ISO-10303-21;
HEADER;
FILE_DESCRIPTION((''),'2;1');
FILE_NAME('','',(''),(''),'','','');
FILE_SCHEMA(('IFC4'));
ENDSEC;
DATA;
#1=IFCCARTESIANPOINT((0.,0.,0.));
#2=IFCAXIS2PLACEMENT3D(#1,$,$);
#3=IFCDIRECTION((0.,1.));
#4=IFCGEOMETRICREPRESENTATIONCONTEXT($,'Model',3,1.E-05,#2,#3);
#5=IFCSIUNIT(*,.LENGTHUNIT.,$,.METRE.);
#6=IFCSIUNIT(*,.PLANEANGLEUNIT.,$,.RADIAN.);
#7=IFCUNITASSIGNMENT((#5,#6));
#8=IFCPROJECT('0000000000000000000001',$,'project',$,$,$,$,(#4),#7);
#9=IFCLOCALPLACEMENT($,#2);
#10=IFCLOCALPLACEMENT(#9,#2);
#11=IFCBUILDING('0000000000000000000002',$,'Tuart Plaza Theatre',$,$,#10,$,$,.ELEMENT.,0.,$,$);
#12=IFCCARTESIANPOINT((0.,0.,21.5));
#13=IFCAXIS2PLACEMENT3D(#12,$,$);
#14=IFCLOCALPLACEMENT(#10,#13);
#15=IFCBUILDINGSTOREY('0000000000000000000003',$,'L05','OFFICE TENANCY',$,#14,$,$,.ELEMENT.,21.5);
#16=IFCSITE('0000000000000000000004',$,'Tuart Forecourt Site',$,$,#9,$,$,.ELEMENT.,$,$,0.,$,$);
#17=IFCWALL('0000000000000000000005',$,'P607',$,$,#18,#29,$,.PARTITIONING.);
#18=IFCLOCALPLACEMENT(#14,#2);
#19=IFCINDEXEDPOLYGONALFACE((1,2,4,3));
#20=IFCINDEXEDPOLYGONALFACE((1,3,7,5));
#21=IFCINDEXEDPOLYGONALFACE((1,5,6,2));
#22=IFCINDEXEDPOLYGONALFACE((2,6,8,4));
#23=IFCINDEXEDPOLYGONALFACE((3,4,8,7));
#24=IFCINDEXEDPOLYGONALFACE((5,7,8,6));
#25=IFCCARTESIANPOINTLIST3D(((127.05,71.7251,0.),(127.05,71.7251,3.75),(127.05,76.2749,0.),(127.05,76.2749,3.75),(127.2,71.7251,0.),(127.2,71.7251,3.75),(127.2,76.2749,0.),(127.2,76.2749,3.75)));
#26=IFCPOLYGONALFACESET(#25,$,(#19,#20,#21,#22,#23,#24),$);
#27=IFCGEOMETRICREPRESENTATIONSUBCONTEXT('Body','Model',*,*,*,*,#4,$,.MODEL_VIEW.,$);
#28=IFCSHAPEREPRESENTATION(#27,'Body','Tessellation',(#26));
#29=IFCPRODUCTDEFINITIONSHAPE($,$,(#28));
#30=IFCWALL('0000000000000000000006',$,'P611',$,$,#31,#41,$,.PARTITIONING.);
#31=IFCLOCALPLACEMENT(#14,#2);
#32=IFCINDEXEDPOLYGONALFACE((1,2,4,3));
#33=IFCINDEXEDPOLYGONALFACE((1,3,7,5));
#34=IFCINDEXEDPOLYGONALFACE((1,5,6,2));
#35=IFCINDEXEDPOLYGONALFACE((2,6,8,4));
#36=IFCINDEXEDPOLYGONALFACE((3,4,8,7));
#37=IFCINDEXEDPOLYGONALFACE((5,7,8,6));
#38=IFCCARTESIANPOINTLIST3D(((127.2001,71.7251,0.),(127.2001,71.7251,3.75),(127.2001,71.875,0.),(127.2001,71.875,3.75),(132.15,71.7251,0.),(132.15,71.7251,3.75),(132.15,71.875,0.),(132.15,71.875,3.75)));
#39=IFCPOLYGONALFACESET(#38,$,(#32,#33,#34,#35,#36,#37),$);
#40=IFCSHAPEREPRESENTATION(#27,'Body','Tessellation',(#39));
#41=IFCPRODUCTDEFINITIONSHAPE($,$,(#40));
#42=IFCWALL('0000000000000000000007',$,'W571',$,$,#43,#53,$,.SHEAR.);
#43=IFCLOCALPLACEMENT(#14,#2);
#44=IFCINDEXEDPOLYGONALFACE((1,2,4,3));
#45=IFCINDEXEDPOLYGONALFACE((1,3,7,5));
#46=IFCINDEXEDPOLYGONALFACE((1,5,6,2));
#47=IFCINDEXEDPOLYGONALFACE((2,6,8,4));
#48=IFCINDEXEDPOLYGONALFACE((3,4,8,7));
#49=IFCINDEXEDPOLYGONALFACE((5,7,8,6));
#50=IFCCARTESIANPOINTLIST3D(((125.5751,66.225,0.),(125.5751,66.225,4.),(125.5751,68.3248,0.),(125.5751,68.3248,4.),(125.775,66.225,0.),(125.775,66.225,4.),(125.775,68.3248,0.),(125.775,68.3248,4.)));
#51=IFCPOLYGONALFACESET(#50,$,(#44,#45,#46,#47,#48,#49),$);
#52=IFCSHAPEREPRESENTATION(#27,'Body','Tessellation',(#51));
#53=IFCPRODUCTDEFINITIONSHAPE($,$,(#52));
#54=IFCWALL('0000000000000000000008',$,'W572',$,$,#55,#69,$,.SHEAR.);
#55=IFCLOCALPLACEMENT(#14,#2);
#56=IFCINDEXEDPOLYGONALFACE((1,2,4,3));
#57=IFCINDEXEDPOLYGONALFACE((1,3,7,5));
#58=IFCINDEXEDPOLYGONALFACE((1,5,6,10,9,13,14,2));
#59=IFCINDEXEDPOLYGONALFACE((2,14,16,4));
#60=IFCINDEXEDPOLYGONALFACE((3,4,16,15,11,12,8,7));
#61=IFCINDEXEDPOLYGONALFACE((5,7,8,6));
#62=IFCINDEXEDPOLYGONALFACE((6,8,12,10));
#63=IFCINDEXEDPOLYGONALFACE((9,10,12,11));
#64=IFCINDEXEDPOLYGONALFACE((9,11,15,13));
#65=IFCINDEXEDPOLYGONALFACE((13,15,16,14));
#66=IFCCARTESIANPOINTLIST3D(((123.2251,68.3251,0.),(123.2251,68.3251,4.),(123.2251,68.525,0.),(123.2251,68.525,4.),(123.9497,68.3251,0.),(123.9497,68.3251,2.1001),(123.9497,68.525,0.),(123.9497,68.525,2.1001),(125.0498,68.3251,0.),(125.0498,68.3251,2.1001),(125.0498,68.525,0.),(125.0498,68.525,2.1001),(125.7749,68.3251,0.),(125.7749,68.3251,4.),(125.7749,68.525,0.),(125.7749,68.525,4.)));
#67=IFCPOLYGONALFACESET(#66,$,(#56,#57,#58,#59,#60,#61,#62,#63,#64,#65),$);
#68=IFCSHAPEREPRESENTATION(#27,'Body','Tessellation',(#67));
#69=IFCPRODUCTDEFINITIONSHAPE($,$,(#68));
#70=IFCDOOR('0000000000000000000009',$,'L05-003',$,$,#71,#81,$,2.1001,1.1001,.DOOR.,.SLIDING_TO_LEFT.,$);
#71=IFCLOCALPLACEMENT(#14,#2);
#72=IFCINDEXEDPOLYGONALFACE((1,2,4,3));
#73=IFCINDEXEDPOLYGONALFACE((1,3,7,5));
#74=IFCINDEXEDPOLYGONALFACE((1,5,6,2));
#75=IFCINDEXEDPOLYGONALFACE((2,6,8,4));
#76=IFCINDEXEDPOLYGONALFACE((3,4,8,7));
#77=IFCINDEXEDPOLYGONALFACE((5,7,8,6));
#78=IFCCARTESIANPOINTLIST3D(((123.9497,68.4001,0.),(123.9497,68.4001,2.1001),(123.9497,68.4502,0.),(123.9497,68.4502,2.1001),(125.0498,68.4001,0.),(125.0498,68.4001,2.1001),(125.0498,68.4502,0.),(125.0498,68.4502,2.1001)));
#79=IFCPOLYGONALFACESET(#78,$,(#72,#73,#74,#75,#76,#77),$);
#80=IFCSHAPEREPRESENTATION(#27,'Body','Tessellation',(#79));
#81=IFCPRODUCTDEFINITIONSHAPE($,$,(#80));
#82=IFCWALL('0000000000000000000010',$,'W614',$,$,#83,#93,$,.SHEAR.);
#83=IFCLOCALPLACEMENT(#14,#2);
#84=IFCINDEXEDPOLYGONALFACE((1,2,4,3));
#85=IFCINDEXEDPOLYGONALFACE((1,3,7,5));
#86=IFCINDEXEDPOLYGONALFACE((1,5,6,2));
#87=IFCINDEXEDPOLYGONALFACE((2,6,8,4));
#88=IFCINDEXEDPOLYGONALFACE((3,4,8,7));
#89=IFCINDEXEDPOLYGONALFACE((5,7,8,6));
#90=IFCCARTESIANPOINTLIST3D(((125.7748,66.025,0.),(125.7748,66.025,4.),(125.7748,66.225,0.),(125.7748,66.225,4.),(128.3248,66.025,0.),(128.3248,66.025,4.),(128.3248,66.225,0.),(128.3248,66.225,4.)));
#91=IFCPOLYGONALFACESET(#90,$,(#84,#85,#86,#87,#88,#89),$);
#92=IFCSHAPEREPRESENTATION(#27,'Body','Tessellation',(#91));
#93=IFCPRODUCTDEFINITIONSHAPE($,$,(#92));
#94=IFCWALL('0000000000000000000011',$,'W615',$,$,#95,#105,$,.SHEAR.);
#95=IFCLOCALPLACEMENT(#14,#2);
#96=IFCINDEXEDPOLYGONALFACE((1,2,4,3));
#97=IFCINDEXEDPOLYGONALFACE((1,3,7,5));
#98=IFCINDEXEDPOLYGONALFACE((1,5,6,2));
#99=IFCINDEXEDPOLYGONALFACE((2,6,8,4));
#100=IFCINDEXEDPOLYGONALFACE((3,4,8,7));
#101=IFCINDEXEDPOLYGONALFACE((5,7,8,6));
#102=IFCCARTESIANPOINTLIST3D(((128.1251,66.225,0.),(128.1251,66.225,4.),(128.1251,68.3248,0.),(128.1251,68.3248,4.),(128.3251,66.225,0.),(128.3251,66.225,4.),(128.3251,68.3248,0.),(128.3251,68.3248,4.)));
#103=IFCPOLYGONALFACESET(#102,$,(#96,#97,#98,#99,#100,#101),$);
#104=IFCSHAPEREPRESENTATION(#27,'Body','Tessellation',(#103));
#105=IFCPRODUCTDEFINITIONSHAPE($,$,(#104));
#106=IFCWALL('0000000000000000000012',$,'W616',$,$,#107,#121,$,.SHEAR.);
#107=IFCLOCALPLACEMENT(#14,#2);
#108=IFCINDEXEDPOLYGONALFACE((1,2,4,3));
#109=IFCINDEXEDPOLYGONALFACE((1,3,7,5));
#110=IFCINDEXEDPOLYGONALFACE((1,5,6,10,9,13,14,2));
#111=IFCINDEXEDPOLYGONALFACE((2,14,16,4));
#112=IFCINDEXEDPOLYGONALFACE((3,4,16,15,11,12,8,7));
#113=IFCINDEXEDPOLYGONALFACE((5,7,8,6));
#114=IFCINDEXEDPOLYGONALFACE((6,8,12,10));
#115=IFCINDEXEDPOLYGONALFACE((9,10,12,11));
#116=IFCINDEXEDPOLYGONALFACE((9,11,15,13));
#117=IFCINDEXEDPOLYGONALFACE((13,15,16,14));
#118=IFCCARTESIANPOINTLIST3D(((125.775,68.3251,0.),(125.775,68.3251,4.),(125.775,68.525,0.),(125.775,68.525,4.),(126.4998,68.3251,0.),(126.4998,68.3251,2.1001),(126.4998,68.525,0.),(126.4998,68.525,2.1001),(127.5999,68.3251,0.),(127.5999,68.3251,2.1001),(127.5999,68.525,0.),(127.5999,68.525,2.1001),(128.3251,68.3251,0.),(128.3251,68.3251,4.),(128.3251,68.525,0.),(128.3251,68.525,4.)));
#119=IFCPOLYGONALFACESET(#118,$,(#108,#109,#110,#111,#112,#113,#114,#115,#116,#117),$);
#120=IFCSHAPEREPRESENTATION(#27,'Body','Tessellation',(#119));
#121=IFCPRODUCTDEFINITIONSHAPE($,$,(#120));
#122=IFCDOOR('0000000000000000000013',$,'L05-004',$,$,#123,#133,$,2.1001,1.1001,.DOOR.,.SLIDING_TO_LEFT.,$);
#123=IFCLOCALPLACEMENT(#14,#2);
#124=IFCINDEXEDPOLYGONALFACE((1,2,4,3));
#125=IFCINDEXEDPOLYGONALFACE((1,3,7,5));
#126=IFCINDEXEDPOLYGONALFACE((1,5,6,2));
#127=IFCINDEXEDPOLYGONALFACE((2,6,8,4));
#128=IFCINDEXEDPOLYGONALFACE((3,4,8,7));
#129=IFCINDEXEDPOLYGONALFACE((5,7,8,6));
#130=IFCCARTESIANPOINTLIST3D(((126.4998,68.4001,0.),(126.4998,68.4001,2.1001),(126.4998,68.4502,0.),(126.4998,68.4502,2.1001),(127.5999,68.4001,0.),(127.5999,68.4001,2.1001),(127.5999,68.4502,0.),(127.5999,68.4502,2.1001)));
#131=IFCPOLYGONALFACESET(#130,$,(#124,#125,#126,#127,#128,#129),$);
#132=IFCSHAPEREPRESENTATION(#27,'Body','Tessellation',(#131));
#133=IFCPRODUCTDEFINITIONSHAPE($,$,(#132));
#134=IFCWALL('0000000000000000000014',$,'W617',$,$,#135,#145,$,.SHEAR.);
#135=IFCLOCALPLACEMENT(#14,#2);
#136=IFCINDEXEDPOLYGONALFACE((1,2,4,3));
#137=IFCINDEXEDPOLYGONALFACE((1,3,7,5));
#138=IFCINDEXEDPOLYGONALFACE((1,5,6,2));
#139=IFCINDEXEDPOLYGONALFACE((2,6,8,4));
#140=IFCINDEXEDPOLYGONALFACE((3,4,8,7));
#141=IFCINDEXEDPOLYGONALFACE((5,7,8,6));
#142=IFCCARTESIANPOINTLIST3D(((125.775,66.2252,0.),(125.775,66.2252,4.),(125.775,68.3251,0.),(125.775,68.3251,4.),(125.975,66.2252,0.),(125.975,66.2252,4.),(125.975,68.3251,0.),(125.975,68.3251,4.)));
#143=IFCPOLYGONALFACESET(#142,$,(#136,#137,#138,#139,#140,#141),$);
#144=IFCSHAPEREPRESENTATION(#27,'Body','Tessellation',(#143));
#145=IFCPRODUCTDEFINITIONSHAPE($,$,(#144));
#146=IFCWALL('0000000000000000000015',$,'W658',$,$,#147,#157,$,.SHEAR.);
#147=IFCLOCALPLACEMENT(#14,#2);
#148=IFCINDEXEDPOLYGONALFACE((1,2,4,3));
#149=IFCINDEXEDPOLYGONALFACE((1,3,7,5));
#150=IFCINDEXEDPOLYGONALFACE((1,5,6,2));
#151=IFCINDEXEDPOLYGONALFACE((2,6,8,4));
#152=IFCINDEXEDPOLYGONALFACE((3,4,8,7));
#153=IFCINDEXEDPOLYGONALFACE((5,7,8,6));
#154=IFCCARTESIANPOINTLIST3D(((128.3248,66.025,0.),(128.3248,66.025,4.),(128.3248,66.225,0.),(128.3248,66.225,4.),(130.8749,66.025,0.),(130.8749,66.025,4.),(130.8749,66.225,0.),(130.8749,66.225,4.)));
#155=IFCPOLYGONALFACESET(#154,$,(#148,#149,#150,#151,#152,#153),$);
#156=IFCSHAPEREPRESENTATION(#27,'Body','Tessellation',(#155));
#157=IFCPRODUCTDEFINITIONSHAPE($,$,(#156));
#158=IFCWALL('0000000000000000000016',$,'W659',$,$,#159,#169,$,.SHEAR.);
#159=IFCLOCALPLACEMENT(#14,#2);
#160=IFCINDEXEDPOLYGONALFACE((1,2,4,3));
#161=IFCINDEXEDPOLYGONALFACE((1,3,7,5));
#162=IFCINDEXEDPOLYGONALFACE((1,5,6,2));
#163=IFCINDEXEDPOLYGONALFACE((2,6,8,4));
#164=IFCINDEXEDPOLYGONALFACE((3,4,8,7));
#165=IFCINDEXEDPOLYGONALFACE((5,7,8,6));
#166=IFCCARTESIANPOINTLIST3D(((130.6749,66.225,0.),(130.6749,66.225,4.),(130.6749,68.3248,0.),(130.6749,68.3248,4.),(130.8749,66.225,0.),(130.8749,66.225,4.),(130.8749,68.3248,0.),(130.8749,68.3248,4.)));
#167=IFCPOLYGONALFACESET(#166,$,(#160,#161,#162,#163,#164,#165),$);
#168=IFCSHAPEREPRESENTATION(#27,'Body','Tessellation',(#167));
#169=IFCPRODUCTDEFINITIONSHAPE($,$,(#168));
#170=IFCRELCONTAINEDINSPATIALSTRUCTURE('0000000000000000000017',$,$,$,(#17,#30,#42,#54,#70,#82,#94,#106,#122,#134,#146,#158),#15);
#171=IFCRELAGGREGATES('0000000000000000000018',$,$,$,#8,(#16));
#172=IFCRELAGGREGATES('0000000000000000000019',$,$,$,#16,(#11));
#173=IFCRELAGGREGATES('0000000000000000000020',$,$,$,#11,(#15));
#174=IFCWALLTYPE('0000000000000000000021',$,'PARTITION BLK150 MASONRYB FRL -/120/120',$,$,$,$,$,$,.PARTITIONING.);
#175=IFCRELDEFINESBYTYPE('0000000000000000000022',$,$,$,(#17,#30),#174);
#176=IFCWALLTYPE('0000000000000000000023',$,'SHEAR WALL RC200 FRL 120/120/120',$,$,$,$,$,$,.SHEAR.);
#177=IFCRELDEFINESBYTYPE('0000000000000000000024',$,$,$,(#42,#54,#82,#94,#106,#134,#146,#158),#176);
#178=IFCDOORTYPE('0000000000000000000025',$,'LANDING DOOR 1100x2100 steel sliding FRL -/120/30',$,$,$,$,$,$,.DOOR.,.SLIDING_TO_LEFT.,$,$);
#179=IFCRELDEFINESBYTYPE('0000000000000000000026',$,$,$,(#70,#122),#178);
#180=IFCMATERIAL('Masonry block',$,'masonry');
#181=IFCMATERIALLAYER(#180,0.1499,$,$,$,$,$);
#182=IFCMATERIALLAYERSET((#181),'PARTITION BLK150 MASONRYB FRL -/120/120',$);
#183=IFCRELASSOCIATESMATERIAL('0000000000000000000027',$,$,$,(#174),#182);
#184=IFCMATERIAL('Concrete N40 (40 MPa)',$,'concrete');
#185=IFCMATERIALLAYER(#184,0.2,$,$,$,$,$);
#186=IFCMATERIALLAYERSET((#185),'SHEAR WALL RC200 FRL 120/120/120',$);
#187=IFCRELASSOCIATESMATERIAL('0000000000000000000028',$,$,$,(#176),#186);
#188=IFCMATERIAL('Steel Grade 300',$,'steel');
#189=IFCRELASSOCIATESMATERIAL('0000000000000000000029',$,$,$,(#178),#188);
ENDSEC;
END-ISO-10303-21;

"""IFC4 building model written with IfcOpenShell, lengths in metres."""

from ifc_helpers import new_model, si_unit, direction, frame, frame_2d, origin, place, context, subcontext, project, spatial, rectangle, extrude, material, layer, layer_set, type_object, element, fill, save


model = new_model("IFC4")

# Units and contexts
model_context = context("Model", 3, precision=1e-05, world=origin(), true_north=direction((0.0, 1.0)))
body_context = subcontext(model_context, "Body", "Model", "MODEL_VIEW")
ifc_project = project(units=[si_unit("LENGTHUNIT", "METRE"), si_unit("PLANEANGLEUNIT", "RADIAN")], contexts=[model_context])

# Site, building, storey
site_placement = place(None, origin())
site = spatial("IfcSite", under=ifc_project, at=site_placement, Name="Tuart Forecourt Site", CompositionType="ELEMENT", RefElevation=0.0)
building_placement = place(site_placement, origin())
building = spatial("IfcBuilding", under=site, at=building_placement, Name="Tuart Plaza Theatre", CompositionType="ELEMENT", ElevationOfRefHeight=0.0)
storey_placement = place(building_placement, frame((0.0, 0.0, 21.5)))
storey = spatial("IfcBuildingStorey", under=building, at=storey_placement, Name="L05", Description="OFFICE TENANCY", CompositionType="ELEMENT", Elevation=21.5)

# Walls
ifc_material_1 = material(Name="Masonry block", Category="masonry")
ifc_layer_1 = layer(ifc_material_1, 0.1499)
ifc_layer_set_1 = layer_set([ifc_layer_1], Name="PARTITION BLK150 MASONRYB FRL -/120/120")
wall_type_1 = type_object("IfcWallType", Name="PARTITION BLK150 MASONRYB FRL -/120/120", PredefinedType="PARTITIONING", material=ifc_layer_set_1)
wall_1_placement = place(storey_placement, frame((127.125, 71.7251, 0.0), z_axis=(0.0, 0.0, 1.0), x_axis=(0.0, 1.0, 0.0)))
element("IfcWall", 1, at=wall_1_placement, inside=storey, type_object=wall_type_1, Name="P607", PredefinedType="PARTITIONING", context=body_context, shape_type="SweptSolid", body=[
    extrude(rectangle(XDim=4.5498, YDim=0.1499, at=frame_2d((2.2749, 0.0))), origin(), (0.0, 0.0, 1.0), 3.75),
])
wall_2_placement = place(storey_placement, frame((127.2, 71.8, 0.0), z_axis=(0.0, 0.0, 1.0), x_axis=(1.0, 0.0, 0.0)))
element("IfcWall", 2, at=wall_2_placement, inside=storey, type_object=wall_type_1, Name="P611", PredefinedType="PARTITIONING", context=body_context, shape_type="SweptSolid", body=[
    extrude(rectangle(XDim=4.95, YDim=0.1499, at=frame_2d((2.4751, 0.0))), origin(), (0.0, 0.0, 1.0), 3.75),
])
ifc_material_2 = material(Name="Concrete N40 (40 MPa)", Category="concrete")
ifc_layer_2 = layer(ifc_material_2, 0.2)
ifc_layer_set_2 = layer_set([ifc_layer_2], Name="SHEAR WALL RC200 FRL 120/120/120")
wall_type_2 = type_object("IfcWallType", Name="SHEAR WALL RC200 FRL 120/120/120", PredefinedType="SHEAR", material=ifc_layer_set_2)
wall_3_placement = place(storey_placement, frame((125.675, 66.2251, 0.0), z_axis=(0.0, 0.0, 1.0), x_axis=(0.0, 1.0, 0.0)))
element("IfcWall", 3, at=wall_3_placement, inside=storey, type_object=wall_type_2, Name="W571", PredefinedType="SHEAR", context=body_context, shape_type="SweptSolid", body=[
    extrude(rectangle(XDim=2.0999, YDim=0.2, at=frame_2d((1.0498, 0.0))), origin(), (0.0, 0.0, 1.0), 4.0),
])

# Wall, opening, door
wall_4_placement = place(storey_placement, frame((125.7749, 68.425, 0.0), z_axis=(0.0, 0.0, 1.0), x_axis=(-1.0, 0.0, 0.0)))
wall_4 = element("IfcWall", 4, at=wall_4_placement, inside=storey, type_object=wall_type_2, Name="W572", PredefinedType="SHEAR", context=body_context, shape_type="SweptSolid", body=[
    extrude(rectangle(XDim=2.5498, YDim=0.2, at=frame_2d((1.2749, 0.0))), origin(), (0.0, 0.0, 1.0), 4.0),
])
opening_1_placement = place(wall_4_placement, frame((0.7251, 0.0, 0.0)))
opening_1 = element("IfcOpeningElement", 5, at=opening_1_placement, cuts=wall_4, PredefinedType="OPENING", context=body_context, shape_type="SweptSolid", body=[
    extrude(rectangle(XDim=1.1001, YDim=2.1001, at=frame_2d((0.55, 1.05))), frame((0.0, 0.1099, 0.0), z_axis=(0.0, -1.0, 0.0), x_axis=(1.0, 0.0, 0.0)), (0.0, 0.0, 1.0), 0.22),
])
ifc_material_3 = material(Name="Steel Grade 300", Category="steel")
door_type = type_object("IfcDoorType", Name="LANDING DOOR 1100x2100 steel sliding FRL -/120/30", OperationType="SLIDING_TO_LEFT", PredefinedType="DOOR", material=ifc_material_3)
door_1_placement = place(opening_1_placement, origin())
door_1 = element("IfcDoor", 6, at=door_1_placement, inside=storey, type_object=door_type, Name="L05-003", OperationType="SLIDING_TO_LEFT", OverallHeight=2.1001, OverallWidth=1.1001, PredefinedType="DOOR", context=body_context, shape_type="SweptSolid", body=[
    extrude(rectangle(XDim=1.1001, YDim=2.1001, at=frame_2d((0.55, 1.05))), frame((0.0, 0.0249, 0.0), z_axis=(0.0, -1.0, 0.0), x_axis=(1.0, 0.0, 0.0)), (0.0, 0.0, 1.0), 0.05),
])
fill(opening_1, door_1)

# Walls
wall_5_placement = place(storey_placement, frame((125.7749, 66.125, 0.0), z_axis=(0.0, 0.0, 1.0), x_axis=(1.0, 0.0, 0.0)))
element("IfcWall", 7, at=wall_5_placement, inside=storey, type_object=wall_type_2, Name="W614", PredefinedType="SHEAR", context=body_context, shape_type="SweptSolid", body=[
    extrude(rectangle(XDim=2.55, YDim=0.2, at=frame_2d((1.2749, 0.0))), origin(), (0.0, 0.0, 1.0), 4.0),
])
wall_6_placement = place(storey_placement, frame((128.2251, 66.2251, 0.0), z_axis=(0.0, 0.0, 1.0), x_axis=(0.0, 1.0, 0.0)))
element("IfcWall", 8, at=wall_6_placement, inside=storey, type_object=wall_type_2, Name="W615", PredefinedType="SHEAR", context=body_context, shape_type="SweptSolid", body=[
    extrude(rectangle(XDim=2.0999, YDim=0.2, at=frame_2d((1.0498, 0.0))), origin(), (0.0, 0.0, 1.0), 4.0),
])

# Wall, opening, door
wall_7_placement = place(storey_placement, frame((128.325, 68.425, 0.0), z_axis=(0.0, 0.0, 1.0), x_axis=(-1.0, 0.0, 0.0)))
wall_7 = element("IfcWall", 9, at=wall_7_placement, inside=storey, type_object=wall_type_2, Name="W616", PredefinedType="SHEAR", context=body_context, shape_type="SweptSolid", body=[
    extrude(rectangle(XDim=2.55, YDim=0.2, at=frame_2d((1.2749, 0.0))), origin(), (0.0, 0.0, 1.0), 4.0),
])
opening_2_placement = place(wall_7_placement, frame((0.7251, 0.0, 0.0)))
opening_2 = element("IfcOpeningElement", 10, at=opening_2_placement, cuts=wall_7, PredefinedType="OPENING", context=body_context, shape_type="SweptSolid", body=[
    extrude(rectangle(XDim=1.1001, YDim=2.1001, at=frame_2d((0.55, 1.05))), frame((0.0, 0.1099, 0.0), z_axis=(0.0, -1.0, 0.0), x_axis=(1.0, 0.0, 0.0)), (0.0, 0.0, 1.0), 0.22),
])
door_2_placement = place(opening_2_placement, origin())
door_2 = element("IfcDoor", 11, at=door_2_placement, inside=storey, type_object=door_type, Name="L05-004", OperationType="SLIDING_TO_LEFT", OverallHeight=2.1001, OverallWidth=1.1001, PredefinedType="DOOR", context=body_context, shape_type="SweptSolid", body=[
    extrude(rectangle(XDim=1.1001, YDim=2.1001, at=frame_2d((0.55, 1.05))), frame((0.0, 0.0249, 0.0), z_axis=(0.0, -1.0, 0.0), x_axis=(1.0, 0.0, 0.0)), (0.0, 0.0, 1.0), 0.05),
])
fill(opening_2, door_2)

# Walls
wall_8_placement = place(storey_placement, frame((125.875, 68.325, 0.0), z_axis=(0.0, 0.0, 1.0), x_axis=(0.0, -1.0, 0.0)))
element("IfcWall", 12, at=wall_8_placement, inside=storey, type_object=wall_type_2, Name="W617", PredefinedType="SHEAR", context=body_context, shape_type="SweptSolid", body=[
    extrude(rectangle(XDim=2.0999, YDim=0.2, at=frame_2d((1.0498, 0.0))), origin(), (0.0, 0.0, 1.0), 4.0),
])
wall_9_placement = place(storey_placement, frame((128.325, 66.125, 0.0), z_axis=(0.0, 0.0, 1.0), x_axis=(1.0, 0.0, 0.0)))
element("IfcWall", 13, at=wall_9_placement, inside=storey, type_object=wall_type_2, Name="W658", PredefinedType="SHEAR", context=body_context, shape_type="SweptSolid", body=[
    extrude(rectangle(XDim=2.55, YDim=0.2, at=frame_2d((1.2749, 0.0))), origin(), (0.0, 0.0, 1.0), 4.0),
])
wall_10_placement = place(storey_placement, frame((130.7749, 66.2251, 0.0), z_axis=(0.0, 0.0, 1.0), x_axis=(0.0, 1.0, 0.0)))
element("IfcWall", 14, at=wall_10_placement, inside=storey, type_object=wall_type_2, Name="W659", PredefinedType="SHEAR", context=body_context, shape_type="SweptSolid", body=[
    extrude(rectangle(XDim=2.0999, YDim=0.2, at=frame_2d((1.0498, 0.0))), origin(), (0.0, 0.0, 1.0), 4.0),
])

save(model, "model.ifc")
